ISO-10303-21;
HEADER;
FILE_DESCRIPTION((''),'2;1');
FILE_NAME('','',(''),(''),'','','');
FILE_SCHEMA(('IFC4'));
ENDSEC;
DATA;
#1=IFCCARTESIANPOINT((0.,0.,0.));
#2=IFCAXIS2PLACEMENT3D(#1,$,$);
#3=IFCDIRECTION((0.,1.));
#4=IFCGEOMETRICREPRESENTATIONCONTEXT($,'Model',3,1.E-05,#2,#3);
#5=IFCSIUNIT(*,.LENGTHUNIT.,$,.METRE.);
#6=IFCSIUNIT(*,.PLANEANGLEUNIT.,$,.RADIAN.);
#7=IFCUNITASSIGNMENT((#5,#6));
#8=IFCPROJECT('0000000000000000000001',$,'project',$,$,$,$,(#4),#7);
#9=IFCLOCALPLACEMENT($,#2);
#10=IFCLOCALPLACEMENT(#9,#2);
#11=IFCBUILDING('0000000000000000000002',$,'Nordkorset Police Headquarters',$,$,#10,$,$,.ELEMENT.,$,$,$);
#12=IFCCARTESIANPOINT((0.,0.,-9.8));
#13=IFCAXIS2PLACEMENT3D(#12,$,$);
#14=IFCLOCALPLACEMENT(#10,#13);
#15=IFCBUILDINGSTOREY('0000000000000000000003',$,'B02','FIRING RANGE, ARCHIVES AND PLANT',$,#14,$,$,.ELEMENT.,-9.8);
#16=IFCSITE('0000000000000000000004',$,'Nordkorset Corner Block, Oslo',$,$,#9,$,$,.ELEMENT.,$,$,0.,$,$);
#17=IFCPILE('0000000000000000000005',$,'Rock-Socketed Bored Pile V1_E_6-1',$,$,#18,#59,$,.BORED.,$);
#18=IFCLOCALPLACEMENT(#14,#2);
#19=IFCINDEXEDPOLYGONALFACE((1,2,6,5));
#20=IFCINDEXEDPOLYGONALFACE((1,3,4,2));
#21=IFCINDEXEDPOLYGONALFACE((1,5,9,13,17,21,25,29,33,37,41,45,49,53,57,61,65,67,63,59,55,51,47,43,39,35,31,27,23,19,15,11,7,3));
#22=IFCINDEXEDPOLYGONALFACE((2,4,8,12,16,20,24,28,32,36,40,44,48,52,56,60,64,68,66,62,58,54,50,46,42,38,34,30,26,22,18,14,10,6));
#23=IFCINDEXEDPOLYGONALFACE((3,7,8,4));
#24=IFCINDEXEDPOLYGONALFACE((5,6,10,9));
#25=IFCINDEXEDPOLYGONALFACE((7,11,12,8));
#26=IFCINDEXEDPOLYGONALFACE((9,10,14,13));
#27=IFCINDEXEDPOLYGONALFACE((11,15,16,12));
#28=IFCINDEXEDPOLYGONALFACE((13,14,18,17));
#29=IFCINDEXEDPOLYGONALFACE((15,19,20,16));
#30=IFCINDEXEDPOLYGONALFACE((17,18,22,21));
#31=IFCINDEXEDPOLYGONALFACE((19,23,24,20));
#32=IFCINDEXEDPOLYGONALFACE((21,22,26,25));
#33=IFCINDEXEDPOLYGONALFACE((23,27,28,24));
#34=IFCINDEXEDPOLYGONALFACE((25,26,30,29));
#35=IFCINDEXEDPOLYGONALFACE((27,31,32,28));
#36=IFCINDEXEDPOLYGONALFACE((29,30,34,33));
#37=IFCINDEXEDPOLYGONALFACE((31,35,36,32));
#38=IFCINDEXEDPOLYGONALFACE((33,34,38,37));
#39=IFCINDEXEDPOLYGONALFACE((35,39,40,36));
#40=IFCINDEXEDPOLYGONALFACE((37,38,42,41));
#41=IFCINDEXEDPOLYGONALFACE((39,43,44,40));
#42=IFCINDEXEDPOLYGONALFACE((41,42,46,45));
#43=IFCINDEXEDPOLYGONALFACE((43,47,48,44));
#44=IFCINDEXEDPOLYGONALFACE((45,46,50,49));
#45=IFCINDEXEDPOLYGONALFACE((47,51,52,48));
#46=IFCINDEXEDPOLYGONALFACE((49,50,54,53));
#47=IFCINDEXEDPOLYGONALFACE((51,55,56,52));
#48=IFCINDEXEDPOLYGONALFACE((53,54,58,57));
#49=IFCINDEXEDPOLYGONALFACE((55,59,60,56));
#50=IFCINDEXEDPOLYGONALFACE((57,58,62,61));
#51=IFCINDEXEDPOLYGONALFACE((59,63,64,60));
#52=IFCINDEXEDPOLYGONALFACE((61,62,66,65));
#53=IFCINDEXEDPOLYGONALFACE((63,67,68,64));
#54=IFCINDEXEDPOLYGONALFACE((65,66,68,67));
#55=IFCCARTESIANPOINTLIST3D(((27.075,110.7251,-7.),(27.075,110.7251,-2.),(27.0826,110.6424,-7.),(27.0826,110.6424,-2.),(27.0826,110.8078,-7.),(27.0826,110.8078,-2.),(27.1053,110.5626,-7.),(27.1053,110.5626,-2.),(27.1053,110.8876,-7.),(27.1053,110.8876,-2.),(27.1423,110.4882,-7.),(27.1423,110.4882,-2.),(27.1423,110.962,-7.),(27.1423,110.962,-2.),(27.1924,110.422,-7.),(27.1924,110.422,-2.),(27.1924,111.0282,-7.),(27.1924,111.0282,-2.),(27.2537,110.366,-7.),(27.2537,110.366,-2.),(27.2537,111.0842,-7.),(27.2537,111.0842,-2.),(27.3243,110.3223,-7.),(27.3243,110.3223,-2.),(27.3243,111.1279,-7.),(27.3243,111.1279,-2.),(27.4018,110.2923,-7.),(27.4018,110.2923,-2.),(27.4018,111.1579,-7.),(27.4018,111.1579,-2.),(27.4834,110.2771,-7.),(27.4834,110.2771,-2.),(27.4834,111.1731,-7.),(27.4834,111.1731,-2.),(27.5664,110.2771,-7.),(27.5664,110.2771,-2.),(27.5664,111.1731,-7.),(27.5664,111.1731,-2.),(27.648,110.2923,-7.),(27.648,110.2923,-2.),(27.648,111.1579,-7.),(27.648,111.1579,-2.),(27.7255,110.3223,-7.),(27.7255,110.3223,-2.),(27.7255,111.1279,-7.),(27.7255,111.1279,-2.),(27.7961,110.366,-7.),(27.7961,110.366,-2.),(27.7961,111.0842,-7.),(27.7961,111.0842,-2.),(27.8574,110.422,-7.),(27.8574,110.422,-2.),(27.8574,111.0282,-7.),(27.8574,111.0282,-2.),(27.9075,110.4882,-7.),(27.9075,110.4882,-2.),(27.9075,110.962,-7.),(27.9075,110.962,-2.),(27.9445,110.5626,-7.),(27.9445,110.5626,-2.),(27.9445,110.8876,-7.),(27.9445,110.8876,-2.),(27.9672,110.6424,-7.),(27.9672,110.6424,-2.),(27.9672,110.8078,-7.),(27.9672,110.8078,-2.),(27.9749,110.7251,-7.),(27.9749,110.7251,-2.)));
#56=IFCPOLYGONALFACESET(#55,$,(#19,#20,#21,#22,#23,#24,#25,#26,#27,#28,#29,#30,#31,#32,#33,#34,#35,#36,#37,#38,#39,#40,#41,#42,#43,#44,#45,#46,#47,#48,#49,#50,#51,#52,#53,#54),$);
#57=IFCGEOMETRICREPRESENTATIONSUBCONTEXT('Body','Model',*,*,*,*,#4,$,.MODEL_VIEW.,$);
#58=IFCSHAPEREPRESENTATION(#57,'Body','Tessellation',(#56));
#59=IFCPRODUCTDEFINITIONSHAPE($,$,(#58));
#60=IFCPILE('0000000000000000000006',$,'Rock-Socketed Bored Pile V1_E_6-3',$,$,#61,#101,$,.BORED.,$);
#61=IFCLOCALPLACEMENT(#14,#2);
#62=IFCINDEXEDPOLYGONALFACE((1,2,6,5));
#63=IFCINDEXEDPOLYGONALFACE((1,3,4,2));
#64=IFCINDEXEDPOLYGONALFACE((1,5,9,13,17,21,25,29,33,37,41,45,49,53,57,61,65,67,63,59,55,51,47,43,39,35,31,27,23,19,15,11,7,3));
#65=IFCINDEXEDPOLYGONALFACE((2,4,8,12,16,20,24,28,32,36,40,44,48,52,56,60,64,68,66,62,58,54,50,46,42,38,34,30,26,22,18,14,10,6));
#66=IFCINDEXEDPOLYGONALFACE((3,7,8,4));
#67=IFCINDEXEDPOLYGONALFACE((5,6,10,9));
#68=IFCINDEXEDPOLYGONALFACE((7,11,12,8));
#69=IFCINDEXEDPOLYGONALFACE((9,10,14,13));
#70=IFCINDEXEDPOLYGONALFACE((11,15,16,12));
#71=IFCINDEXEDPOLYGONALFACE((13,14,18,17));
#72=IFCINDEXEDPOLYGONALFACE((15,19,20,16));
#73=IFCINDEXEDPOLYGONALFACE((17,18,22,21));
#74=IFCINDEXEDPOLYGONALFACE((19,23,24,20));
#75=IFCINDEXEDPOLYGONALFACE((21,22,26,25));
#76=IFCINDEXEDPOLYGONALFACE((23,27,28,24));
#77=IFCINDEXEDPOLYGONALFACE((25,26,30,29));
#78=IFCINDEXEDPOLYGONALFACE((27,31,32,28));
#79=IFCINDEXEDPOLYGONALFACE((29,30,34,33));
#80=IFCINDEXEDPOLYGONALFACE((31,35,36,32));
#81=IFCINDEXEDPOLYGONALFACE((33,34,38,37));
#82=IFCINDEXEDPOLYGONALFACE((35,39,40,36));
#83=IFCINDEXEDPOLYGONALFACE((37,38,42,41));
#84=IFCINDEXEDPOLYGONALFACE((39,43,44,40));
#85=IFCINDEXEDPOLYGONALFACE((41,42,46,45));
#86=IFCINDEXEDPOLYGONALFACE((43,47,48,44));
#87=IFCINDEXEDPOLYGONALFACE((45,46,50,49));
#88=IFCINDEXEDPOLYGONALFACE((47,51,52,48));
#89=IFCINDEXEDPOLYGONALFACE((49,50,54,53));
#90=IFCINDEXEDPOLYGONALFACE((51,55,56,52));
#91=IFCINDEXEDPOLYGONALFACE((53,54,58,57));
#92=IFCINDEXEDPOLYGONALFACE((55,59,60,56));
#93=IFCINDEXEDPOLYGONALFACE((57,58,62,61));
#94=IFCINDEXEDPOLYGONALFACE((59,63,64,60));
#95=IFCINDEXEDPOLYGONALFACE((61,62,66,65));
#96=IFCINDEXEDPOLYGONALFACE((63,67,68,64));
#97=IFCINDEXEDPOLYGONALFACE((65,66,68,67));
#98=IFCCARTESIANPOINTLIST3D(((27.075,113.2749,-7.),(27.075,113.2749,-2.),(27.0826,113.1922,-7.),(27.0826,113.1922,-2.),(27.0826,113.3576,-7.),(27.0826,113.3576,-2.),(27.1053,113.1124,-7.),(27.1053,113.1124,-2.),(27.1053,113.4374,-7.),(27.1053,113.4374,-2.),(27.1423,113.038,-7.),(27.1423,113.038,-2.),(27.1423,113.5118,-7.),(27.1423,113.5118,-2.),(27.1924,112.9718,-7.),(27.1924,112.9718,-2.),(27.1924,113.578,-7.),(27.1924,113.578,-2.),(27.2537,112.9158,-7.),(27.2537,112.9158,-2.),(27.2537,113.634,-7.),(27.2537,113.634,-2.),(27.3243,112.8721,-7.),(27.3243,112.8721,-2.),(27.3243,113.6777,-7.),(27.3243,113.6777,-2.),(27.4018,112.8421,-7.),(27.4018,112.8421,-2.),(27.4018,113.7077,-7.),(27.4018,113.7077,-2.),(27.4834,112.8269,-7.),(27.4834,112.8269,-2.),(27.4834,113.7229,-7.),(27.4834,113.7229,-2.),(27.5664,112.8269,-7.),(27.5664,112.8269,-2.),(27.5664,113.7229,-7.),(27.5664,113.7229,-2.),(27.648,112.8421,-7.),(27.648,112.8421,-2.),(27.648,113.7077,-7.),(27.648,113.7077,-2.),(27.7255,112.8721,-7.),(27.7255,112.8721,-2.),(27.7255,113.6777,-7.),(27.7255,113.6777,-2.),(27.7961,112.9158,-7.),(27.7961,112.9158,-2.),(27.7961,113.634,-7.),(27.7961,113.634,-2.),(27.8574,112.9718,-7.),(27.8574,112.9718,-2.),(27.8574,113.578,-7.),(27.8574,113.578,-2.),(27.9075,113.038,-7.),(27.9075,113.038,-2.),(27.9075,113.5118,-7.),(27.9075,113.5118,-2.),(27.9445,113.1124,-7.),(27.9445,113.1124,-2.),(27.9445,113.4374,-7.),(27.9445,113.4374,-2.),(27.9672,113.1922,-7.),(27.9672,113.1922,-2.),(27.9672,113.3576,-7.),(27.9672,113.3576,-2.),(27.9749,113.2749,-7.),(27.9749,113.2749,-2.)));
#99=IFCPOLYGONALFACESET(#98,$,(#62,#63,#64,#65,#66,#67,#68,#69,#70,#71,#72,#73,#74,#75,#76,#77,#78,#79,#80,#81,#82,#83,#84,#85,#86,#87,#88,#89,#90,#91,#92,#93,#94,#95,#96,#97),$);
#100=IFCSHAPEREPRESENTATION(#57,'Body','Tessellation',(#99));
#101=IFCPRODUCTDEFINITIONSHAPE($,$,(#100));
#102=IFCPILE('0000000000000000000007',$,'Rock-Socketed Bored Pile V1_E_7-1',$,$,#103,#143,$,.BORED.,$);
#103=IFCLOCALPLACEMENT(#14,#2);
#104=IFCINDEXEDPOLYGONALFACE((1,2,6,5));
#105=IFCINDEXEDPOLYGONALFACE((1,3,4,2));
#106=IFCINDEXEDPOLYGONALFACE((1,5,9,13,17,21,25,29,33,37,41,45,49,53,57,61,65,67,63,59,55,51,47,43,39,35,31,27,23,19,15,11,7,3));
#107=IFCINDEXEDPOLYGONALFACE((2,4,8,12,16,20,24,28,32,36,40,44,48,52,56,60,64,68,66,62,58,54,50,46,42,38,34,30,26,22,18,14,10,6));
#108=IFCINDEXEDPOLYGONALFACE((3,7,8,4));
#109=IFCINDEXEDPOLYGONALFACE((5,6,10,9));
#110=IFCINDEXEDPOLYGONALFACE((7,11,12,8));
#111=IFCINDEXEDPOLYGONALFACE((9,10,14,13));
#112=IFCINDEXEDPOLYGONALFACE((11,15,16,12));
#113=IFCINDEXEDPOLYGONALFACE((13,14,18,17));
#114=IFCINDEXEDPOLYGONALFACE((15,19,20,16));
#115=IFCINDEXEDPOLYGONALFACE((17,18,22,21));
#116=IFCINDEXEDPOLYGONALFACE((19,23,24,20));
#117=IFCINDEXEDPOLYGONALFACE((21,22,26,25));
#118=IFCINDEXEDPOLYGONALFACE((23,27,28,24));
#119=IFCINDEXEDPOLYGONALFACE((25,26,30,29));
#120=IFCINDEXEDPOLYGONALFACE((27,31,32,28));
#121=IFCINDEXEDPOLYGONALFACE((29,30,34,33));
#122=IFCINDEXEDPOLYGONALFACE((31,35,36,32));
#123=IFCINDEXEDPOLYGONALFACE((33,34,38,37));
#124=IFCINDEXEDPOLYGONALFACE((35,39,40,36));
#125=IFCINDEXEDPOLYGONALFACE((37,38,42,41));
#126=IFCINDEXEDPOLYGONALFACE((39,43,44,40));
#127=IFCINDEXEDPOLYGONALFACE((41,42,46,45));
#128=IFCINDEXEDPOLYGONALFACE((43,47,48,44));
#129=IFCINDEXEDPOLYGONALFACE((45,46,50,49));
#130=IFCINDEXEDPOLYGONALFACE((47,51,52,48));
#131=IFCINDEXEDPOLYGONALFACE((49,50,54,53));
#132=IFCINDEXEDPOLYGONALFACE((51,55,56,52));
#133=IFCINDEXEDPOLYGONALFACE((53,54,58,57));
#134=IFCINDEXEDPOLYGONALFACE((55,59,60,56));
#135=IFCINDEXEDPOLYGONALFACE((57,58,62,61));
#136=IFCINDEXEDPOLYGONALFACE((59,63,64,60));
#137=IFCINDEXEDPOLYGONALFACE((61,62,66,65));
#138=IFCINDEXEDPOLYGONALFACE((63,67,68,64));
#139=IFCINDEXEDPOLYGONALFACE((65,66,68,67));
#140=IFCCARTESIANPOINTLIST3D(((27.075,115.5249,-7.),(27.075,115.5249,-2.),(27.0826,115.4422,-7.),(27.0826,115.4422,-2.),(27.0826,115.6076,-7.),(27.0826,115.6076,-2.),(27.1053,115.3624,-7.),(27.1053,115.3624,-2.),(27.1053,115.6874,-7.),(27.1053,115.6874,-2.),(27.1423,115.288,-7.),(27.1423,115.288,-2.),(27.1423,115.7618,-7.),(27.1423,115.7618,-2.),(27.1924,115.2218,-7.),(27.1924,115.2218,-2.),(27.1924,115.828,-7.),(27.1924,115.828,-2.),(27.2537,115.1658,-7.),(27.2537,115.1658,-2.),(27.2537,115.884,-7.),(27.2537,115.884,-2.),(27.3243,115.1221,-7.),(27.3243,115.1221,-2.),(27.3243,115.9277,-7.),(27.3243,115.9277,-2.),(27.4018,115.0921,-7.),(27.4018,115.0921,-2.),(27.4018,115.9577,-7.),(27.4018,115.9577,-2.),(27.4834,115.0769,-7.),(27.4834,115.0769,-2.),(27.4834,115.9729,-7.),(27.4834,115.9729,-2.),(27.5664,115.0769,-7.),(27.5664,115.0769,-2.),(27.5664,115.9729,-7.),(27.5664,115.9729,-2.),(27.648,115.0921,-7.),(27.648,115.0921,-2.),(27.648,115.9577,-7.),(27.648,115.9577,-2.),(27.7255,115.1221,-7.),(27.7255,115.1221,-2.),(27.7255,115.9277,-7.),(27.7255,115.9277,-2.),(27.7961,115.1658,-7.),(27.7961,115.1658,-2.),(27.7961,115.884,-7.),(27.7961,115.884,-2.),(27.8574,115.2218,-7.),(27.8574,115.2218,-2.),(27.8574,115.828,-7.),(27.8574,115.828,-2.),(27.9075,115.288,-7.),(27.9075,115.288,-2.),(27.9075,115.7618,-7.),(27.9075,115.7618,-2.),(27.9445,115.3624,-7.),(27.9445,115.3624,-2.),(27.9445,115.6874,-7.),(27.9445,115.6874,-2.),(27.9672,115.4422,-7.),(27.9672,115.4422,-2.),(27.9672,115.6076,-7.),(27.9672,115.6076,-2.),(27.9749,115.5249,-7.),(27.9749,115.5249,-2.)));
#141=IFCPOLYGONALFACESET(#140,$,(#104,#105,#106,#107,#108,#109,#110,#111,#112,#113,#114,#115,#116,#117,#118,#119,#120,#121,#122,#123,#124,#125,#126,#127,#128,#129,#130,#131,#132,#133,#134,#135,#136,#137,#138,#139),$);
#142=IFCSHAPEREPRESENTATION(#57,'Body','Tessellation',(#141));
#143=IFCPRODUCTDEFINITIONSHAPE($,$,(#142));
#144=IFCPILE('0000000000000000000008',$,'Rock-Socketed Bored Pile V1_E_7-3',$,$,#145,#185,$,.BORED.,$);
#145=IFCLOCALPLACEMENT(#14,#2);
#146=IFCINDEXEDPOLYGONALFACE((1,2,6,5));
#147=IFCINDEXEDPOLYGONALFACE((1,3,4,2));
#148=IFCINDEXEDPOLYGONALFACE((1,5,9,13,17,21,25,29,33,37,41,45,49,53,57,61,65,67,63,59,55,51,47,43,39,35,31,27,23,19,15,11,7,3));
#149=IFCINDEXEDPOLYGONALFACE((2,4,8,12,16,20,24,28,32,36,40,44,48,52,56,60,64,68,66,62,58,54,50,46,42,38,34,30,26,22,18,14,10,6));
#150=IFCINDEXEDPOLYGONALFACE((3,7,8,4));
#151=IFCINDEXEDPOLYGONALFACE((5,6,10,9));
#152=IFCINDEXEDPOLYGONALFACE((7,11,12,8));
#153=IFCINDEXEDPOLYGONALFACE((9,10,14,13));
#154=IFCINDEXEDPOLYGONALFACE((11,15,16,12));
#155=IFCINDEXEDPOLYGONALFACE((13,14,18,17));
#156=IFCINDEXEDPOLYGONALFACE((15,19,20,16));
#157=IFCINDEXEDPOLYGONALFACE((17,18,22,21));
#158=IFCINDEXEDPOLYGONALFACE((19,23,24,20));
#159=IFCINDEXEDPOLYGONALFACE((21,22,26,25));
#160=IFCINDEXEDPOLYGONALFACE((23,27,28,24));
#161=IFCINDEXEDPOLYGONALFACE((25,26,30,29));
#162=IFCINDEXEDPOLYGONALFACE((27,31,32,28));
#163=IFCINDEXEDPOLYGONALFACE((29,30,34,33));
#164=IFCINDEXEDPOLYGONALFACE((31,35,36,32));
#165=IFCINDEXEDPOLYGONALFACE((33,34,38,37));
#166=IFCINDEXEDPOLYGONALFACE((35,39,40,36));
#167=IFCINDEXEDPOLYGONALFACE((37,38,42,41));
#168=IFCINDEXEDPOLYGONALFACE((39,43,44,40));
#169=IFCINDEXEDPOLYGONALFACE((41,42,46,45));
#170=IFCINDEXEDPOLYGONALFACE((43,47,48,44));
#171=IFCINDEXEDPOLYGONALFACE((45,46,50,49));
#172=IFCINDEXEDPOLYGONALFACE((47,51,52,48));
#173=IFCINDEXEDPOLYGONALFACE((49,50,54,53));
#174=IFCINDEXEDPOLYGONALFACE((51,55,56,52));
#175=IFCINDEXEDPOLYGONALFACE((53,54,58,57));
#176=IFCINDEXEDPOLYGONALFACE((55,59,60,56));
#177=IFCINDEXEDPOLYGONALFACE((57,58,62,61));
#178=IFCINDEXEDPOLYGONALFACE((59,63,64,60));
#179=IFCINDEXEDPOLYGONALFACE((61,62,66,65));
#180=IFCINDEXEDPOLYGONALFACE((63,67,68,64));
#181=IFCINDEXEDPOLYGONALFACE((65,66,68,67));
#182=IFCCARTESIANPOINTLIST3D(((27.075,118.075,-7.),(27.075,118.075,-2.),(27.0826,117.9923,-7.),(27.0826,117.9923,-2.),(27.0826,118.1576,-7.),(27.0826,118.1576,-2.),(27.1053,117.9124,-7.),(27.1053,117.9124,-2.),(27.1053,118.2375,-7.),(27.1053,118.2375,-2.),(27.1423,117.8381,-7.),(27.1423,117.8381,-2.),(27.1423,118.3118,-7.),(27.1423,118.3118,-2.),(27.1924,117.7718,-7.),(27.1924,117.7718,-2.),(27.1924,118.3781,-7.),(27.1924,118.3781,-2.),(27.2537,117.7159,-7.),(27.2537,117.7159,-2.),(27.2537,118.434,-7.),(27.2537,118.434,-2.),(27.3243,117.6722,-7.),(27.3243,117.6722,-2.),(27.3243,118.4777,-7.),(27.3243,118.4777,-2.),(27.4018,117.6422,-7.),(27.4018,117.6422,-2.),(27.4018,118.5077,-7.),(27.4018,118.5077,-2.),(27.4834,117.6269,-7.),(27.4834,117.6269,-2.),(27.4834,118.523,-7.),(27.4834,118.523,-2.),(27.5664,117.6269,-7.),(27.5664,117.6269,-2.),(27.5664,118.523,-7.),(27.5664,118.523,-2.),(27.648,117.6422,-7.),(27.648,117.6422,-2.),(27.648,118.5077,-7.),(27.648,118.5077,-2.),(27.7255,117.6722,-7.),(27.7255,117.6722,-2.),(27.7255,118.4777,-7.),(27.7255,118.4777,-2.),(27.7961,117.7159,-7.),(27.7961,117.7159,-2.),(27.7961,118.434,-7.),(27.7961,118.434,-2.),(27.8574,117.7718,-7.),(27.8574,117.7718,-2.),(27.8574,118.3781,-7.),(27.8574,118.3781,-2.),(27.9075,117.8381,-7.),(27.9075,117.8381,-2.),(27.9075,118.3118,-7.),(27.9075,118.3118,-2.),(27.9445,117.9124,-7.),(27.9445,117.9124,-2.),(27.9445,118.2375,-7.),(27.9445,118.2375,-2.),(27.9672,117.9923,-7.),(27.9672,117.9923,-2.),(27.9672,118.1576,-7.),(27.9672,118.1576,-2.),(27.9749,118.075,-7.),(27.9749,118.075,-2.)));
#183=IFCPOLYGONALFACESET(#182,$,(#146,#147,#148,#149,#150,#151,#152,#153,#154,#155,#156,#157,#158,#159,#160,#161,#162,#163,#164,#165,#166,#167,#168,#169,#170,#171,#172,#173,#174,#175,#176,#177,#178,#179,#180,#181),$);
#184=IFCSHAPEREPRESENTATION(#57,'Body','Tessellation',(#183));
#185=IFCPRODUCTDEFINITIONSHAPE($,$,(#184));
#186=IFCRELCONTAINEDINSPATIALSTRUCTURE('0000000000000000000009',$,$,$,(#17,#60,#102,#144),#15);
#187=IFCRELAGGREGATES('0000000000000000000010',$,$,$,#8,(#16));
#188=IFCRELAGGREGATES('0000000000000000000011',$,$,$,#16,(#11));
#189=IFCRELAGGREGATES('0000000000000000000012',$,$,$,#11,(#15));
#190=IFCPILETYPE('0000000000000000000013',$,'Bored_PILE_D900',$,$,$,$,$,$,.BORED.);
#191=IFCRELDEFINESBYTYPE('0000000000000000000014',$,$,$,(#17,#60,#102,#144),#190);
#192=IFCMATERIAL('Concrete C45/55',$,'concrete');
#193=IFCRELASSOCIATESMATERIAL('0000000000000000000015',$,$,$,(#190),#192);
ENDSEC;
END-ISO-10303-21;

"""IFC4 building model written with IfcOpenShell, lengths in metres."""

from ifc_helpers import new_model, si_unit, direction, frame, origin, origin_2d, place, context, subcontext, project, spatial, circle, extrude, material, material_profile, profile_set, type_object, element, save


model = new_model("IFC4")

# Units and contexts
model_context = context("Model", 3, precision=1e-05, world=origin(), true_north=direction((0.0, 1.0)))
body_context = subcontext(model_context, "Body", "Model", "MODEL_VIEW")
ifc_project = project(units=[si_unit("LENGTHUNIT", "METRE"), si_unit("PLANEANGLEUNIT", "RADIAN")], contexts=[model_context])

# Site, building, storey
site_placement = place(None, origin())
site = spatial("IfcSite", under=ifc_project, at=site_placement, Name="Nordkorset Corner Block, Oslo", CompositionType="ELEMENT", RefElevation=0.0)
building_placement = place(site_placement, origin())
building = spatial("IfcBuilding", under=site, at=building_placement, Name="Nordkorset Police Headquarters", CompositionType="ELEMENT")
storey_placement = place(building_placement, frame((0.0, 0.0, -9.8)))
storey = spatial("IfcBuildingStorey", under=building, at=storey_placement, Name="B02", Description="FIRING RANGE, ARCHIVES AND PLANT", CompositionType="ELEMENT", Elevation=-9.8)

# Piles
ifc_material_1 = material(Name="Concrete C45/55", Category="concrete")
ifc_material_profile_1 = material_profile(ifc_material_1, circle(Radius=0.45, at=origin_2d()), Name="PILE D900")
ifc_profile_set_1 = profile_set([ifc_material_profile_1], Name="Concrete C45/55")
pile_type = type_object("IfcPileType", Name="Bored_PILE_D900", PredefinedType="BORED", material=ifc_profile_set_1)
for number, where, z_axis, x_axis, name in (
    (1, (27.5249, 110.7251, -2.0), (0.0, 0.0, -1.0), (1.0, 0.0, 0.0), "Rock-Socketed Bored Pile V1_E_6-1"),
    (2, (27.5249, 113.2749, -2.0), (0.0, 0.0, -1.0), (1.0, 0.0, 0.0), "Rock-Socketed Bored Pile V1_E_6-3"),
    (3, (27.5249, 115.5249, -2.0), (0.0, 0.0, -1.0), (1.0, 0.0, 0.0), "Rock-Socketed Bored Pile V1_E_7-1"),
    (4, (27.5249, 118.075, -2.0), (0.0, 0.0, -1.0), (1.0, 0.0, 0.0), "Rock-Socketed Bored Pile V1_E_7-3"),
):
    element("IfcPile", number, at=place(storey_placement, frame(where, z_axis=z_axis, x_axis=x_axis)), inside=storey, type_object=pile_type, Name=name, PredefinedType="BORED", context=body_context, shape_type="SweptSolid", body=[
        extrude(circle(Radius=0.45, at=origin_2d()), origin(), (0.0, 0.0, 1.0), 5.0),
    ])

save(model, "model.ifc")
